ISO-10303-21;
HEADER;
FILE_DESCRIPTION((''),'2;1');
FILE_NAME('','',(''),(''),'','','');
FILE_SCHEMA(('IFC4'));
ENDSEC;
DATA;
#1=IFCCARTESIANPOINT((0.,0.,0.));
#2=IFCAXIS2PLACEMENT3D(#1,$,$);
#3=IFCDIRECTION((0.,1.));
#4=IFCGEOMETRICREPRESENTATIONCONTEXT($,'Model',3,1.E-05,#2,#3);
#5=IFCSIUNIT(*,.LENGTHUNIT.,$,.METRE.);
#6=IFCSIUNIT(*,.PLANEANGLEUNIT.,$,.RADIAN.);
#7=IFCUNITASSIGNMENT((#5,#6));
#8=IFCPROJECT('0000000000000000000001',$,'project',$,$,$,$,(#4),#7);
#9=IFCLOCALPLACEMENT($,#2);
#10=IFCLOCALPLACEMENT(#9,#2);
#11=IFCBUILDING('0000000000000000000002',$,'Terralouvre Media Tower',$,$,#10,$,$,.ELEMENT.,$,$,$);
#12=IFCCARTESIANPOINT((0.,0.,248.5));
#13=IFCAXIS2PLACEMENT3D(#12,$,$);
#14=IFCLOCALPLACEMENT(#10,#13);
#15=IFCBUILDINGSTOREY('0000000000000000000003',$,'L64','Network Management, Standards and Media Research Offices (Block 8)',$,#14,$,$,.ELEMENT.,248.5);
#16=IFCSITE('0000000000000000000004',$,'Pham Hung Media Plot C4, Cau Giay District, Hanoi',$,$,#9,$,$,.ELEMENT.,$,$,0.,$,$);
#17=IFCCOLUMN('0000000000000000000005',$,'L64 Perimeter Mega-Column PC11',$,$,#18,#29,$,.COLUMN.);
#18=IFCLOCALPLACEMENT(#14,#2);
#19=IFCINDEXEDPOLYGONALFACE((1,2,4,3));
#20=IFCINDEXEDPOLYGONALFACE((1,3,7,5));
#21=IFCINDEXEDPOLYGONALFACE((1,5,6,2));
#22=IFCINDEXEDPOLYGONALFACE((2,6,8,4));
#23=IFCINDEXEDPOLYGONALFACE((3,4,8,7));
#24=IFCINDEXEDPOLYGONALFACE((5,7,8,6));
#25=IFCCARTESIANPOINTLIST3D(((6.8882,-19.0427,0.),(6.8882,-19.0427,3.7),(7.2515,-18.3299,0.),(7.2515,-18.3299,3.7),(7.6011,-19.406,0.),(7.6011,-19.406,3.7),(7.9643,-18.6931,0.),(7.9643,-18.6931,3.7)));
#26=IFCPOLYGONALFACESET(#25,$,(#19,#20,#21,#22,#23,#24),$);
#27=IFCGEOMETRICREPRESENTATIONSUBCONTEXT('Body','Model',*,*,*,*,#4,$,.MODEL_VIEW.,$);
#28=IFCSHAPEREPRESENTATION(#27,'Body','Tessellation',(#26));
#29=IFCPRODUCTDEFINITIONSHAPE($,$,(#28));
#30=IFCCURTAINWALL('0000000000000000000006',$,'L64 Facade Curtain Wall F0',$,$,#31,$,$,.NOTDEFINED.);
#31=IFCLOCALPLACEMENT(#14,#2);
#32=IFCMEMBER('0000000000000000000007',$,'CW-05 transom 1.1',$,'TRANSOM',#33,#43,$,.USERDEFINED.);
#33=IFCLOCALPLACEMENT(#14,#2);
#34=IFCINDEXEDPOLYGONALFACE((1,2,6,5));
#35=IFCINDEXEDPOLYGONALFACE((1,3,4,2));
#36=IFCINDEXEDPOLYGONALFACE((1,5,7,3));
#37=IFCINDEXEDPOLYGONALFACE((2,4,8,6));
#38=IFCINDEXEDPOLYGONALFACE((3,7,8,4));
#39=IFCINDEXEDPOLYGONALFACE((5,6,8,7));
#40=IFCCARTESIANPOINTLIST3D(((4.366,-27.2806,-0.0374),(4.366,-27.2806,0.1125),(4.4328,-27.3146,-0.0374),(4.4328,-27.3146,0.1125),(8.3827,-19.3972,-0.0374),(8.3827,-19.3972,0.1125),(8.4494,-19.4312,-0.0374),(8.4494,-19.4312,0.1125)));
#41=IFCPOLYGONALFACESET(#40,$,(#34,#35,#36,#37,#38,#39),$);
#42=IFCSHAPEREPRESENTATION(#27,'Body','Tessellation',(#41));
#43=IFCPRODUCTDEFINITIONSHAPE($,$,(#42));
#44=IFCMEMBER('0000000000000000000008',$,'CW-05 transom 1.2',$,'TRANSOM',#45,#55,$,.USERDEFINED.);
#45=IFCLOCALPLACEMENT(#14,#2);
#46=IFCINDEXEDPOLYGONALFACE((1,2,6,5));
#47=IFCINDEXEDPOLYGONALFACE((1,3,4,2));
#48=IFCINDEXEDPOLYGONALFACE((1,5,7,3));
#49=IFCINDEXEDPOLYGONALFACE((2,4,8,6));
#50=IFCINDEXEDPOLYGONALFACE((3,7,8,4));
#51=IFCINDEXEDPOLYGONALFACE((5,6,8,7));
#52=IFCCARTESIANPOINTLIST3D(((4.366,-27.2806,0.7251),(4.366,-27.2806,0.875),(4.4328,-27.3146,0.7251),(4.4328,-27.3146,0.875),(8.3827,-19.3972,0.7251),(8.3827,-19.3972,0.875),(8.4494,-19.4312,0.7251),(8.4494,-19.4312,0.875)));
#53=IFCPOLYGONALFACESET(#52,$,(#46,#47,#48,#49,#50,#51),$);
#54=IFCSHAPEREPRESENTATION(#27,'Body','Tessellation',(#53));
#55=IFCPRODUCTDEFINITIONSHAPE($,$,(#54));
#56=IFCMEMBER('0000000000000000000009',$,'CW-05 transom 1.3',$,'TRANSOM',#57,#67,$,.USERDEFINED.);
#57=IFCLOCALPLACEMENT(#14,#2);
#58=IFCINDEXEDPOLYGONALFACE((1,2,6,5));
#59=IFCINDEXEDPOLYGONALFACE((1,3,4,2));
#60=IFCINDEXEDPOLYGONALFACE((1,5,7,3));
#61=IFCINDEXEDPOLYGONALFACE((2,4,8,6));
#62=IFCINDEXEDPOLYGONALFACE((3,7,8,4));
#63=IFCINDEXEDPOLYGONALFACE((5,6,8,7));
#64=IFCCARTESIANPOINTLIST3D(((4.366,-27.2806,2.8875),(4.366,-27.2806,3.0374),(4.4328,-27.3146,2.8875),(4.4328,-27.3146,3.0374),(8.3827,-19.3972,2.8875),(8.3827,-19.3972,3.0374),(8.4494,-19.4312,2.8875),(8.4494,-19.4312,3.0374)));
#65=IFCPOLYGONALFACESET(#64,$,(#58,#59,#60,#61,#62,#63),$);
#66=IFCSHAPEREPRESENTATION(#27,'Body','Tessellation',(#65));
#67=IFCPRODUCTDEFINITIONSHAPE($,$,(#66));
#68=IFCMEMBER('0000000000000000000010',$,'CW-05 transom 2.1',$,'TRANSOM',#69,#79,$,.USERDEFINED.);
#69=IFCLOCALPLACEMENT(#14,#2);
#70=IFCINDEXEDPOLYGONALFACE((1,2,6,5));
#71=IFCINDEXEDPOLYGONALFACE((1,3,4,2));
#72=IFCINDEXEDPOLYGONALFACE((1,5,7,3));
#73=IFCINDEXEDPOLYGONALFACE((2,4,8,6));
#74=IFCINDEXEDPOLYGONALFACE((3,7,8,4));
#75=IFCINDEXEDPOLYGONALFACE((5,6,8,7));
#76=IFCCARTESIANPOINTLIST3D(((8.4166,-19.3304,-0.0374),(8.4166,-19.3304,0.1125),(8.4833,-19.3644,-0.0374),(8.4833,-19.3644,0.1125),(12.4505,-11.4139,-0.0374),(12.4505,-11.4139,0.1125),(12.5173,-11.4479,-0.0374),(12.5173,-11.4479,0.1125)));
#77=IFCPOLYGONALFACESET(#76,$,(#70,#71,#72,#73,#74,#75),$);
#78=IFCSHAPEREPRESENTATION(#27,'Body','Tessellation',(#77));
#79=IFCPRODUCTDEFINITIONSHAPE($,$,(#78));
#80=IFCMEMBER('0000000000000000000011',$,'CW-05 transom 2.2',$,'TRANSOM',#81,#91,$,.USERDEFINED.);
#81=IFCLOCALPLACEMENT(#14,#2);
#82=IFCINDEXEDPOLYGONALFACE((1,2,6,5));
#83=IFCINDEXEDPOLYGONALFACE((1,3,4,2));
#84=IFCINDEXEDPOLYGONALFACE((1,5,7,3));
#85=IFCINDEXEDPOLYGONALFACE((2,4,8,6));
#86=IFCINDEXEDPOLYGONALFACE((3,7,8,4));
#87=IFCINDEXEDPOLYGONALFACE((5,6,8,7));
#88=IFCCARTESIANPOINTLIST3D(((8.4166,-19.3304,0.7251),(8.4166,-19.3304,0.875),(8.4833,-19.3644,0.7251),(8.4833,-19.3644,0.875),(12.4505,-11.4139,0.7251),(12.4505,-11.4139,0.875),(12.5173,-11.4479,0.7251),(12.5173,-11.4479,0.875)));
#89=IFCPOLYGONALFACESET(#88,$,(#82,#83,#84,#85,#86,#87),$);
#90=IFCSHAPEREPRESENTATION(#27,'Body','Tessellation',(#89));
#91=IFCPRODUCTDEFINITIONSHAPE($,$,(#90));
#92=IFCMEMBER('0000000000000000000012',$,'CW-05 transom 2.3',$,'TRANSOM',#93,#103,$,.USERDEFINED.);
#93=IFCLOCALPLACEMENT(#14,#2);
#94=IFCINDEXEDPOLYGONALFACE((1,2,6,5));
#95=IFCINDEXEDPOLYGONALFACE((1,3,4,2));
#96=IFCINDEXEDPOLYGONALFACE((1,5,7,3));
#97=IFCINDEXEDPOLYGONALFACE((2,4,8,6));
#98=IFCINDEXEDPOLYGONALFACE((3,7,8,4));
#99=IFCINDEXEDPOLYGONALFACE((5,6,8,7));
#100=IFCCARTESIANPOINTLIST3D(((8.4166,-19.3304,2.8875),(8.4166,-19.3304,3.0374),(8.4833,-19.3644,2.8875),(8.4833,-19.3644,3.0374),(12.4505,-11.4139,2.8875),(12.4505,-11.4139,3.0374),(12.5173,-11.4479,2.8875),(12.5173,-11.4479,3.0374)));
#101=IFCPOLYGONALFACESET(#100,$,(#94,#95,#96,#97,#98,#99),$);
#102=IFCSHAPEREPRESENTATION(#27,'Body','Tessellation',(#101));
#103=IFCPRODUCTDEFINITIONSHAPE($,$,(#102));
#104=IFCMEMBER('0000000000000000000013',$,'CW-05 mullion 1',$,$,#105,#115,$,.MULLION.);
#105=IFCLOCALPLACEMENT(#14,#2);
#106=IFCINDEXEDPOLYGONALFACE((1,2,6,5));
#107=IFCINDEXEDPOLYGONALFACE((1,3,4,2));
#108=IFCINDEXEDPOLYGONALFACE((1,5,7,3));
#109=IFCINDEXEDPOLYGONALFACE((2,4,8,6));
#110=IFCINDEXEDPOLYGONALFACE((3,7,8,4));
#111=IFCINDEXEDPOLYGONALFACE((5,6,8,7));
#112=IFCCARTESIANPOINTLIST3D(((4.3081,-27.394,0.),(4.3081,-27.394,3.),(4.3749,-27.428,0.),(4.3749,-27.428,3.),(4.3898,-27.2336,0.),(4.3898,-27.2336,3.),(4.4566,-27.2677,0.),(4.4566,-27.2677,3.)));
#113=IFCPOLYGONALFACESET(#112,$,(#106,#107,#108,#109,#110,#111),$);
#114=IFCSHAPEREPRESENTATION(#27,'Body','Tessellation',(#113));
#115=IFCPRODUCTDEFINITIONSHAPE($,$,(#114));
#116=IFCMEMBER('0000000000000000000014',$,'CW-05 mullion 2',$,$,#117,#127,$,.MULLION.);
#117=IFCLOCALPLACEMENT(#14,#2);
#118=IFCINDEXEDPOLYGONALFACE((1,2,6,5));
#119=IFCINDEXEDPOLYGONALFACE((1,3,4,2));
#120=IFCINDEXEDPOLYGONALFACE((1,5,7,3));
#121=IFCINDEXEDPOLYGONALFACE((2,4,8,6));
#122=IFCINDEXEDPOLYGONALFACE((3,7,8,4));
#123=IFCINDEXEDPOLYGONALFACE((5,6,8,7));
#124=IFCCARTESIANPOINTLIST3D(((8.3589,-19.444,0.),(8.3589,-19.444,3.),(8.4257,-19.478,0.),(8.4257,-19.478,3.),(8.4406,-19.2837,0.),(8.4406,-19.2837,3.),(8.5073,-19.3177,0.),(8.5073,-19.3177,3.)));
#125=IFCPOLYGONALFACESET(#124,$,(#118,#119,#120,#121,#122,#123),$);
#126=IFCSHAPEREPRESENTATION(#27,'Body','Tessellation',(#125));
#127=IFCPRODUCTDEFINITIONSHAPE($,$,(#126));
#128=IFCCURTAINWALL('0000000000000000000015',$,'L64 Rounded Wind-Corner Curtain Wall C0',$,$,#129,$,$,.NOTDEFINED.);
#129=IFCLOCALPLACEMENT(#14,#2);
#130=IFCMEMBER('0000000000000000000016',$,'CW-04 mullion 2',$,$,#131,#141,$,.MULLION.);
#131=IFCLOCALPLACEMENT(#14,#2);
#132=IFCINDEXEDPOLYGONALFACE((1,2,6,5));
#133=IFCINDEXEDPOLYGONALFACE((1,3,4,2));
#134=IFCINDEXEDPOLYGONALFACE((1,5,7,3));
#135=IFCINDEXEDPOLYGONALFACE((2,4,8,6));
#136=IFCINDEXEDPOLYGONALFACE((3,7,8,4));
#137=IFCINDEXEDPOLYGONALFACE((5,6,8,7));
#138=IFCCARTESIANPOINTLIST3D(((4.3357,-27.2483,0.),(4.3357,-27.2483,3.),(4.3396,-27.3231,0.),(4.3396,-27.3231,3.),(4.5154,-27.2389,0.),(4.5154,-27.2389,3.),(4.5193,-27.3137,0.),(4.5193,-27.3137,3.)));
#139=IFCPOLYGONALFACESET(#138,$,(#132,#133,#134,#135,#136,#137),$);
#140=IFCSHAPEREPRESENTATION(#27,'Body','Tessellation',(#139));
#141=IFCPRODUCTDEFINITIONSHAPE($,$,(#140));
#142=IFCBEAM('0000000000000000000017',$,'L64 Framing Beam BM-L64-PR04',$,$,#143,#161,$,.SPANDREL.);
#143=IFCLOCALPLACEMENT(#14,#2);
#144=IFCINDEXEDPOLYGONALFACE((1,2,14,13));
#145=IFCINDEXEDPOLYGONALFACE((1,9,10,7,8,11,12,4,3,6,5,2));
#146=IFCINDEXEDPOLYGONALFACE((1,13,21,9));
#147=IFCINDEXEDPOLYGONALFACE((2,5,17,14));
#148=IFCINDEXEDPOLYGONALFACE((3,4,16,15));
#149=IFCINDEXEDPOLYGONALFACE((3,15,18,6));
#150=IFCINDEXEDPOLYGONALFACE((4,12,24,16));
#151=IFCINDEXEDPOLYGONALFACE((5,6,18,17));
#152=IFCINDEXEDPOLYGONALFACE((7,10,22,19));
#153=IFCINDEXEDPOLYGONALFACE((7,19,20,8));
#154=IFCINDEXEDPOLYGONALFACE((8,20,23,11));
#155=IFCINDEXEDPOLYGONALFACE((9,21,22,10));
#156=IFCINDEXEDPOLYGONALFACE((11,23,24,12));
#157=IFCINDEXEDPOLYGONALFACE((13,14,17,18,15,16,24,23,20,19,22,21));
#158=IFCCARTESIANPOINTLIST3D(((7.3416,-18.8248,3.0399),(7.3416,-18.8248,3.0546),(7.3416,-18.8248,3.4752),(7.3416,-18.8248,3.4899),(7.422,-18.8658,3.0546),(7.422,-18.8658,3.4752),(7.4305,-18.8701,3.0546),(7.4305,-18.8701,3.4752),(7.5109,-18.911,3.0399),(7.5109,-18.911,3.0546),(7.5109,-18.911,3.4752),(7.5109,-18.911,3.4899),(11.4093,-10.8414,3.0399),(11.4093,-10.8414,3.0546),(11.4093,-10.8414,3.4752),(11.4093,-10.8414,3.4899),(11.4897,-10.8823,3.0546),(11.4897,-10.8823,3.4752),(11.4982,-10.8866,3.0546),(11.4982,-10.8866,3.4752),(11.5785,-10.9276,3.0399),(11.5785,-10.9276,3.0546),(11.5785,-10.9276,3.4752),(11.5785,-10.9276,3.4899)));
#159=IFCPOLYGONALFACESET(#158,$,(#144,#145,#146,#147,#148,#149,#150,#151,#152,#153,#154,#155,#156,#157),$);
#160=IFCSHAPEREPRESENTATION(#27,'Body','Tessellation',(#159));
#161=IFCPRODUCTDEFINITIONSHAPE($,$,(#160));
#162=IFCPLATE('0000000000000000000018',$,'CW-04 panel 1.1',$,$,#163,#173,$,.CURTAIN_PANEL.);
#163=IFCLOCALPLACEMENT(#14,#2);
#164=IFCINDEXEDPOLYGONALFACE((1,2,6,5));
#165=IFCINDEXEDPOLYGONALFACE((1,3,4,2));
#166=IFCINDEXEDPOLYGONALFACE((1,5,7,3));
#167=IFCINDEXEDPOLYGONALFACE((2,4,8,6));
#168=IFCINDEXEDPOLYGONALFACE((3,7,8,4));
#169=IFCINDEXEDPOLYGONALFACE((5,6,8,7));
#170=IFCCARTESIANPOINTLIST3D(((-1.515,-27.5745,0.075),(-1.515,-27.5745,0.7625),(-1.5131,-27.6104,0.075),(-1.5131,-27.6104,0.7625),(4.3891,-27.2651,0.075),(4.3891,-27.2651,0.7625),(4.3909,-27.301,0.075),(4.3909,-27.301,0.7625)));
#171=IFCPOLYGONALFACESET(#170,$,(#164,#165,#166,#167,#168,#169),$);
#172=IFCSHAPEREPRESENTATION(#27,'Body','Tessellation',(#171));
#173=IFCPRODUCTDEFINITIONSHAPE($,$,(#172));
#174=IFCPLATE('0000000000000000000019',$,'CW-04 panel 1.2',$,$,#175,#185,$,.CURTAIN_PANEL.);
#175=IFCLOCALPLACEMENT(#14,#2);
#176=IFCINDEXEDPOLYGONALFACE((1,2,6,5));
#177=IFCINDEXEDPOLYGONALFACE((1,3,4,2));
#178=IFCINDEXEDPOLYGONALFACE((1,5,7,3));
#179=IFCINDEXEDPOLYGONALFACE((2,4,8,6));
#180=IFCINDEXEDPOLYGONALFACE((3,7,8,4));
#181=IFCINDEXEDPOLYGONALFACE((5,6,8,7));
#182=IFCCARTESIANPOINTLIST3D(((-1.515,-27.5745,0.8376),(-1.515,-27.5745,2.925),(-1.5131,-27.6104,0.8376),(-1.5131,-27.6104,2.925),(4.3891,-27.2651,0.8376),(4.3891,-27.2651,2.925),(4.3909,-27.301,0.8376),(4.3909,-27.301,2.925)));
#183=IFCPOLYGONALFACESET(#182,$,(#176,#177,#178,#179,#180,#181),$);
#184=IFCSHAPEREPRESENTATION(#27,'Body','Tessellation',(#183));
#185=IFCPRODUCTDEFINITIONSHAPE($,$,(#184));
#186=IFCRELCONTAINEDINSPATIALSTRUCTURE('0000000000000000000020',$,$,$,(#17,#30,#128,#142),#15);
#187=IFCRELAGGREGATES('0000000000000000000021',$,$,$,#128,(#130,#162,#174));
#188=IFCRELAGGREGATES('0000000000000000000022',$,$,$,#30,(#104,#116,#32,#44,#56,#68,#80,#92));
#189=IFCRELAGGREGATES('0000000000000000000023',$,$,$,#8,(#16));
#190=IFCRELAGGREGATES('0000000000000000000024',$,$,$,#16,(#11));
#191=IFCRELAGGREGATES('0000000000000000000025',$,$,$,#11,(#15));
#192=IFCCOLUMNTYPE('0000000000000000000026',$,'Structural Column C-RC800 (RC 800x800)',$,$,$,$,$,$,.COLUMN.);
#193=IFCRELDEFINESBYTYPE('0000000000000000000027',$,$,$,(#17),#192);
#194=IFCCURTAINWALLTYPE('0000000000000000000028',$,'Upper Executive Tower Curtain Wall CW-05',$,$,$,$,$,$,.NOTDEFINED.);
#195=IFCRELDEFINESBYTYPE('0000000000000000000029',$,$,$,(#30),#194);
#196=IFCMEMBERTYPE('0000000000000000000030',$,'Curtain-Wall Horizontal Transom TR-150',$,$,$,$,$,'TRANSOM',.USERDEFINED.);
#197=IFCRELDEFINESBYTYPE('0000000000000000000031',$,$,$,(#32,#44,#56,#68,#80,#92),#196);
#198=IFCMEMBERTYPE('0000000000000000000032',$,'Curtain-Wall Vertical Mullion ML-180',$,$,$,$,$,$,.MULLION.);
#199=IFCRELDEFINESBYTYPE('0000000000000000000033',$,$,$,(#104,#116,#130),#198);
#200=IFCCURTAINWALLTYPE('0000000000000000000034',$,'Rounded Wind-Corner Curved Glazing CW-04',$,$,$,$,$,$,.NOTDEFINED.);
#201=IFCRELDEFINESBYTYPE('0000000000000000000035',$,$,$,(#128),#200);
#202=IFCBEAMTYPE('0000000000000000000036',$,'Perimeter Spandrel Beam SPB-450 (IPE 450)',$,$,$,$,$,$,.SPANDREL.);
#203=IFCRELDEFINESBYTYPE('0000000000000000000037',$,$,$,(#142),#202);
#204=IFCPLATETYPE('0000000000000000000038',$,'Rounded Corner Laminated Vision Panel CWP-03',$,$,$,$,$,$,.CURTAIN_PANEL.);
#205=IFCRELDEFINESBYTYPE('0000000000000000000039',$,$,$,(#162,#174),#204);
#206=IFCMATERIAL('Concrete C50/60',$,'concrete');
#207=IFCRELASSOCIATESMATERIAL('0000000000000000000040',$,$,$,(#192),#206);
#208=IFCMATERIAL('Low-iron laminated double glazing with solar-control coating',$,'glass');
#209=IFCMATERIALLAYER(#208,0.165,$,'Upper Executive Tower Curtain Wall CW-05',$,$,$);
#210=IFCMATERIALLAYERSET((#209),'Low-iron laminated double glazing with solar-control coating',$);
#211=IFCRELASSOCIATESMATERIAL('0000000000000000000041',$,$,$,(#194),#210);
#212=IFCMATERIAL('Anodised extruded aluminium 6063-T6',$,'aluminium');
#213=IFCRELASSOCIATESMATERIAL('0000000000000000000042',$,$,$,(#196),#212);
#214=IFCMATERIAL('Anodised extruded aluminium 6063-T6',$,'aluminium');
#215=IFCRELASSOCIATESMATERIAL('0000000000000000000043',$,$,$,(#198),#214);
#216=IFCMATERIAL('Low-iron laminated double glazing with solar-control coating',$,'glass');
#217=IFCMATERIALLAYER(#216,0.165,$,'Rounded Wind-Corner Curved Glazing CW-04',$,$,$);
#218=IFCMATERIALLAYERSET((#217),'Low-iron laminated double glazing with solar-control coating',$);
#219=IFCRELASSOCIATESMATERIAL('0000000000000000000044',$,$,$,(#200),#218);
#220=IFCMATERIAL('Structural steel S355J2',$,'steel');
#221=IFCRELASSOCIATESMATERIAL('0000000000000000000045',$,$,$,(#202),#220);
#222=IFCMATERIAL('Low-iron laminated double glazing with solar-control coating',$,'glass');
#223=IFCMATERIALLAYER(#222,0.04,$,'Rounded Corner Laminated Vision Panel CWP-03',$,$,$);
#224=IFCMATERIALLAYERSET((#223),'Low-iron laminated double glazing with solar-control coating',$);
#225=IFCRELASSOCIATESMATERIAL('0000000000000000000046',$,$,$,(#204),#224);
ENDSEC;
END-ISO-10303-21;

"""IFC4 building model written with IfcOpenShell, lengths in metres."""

from ifc_helpers import new_model, si_unit, direction, frame, origin, origin_2d, place, context, subcontext, project, spatial, rectangle, i_section, extrude, material, layer, layer_set, material_profile, profile_set, type_object, element, aggregate, save


model = new_model("IFC4")

# Units and contexts
model_context = context("Model", 3, precision=1e-05, world=origin(), true_north=direction((0.0, 1.0)))
body_context = subcontext(model_context, "Body", "Model", "MODEL_VIEW")
ifc_project = project(units=[si_unit("LENGTHUNIT", "METRE"), si_unit("PLANEANGLEUNIT", "RADIAN")], contexts=[model_context])

# Site, building, storey
site_placement = place(None, origin())
site = spatial("IfcSite", under=ifc_project, at=site_placement, Name="Pham Hung Media Plot C4, Cau Giay District, Hanoi", CompositionType="ELEMENT", RefElevation=0.0)
building_placement = place(site_placement, origin())
building = spatial("IfcBuilding", under=site, at=building_placement, Name="Terralouvre Media Tower", CompositionType="ELEMENT")
storey_placement = place(building_placement, frame((0.0, 0.0, 248.5)))
storey = spatial("IfcBuildingStorey", under=building, at=storey_placement, Name="L64", Description="Network Management, Standards and Media Research Offices (Block 8)", CompositionType="ELEMENT", Elevation=248.5)

# Column
ifc_material_1 = material(Name="Concrete C50/60", Category="concrete")
ifc_material_profile_1 = material_profile(ifc_material_1, rectangle(XDim=0.8, YDim=0.8, at=origin_2d()), Name="RC 800x800")
ifc_profile_set_1 = profile_set([ifc_material_profile_1], Name="Concrete C50/60")
column_type = type_object("IfcColumnType", Name="Structural Column C-RC800 (RC 800x800)", PredefinedType="COLUMN", material=ifc_profile_set_1)
column_placement = place(storey_placement, frame((7.4263, -18.8679, 0.0), z_axis=(0.0, 0.0, 1.0), x_axis=(0.45399, 0.891007, 0.0)))
element("IfcColumn", 1, at=column_placement, inside=storey, type_object=column_type, Name="L64 Perimeter Mega-Column PC11", PredefinedType="COLUMN", context=body_context, shape_type="SweptSolid", body=[
    extrude(rectangle(XDim=0.8, YDim=0.8, at=origin_2d()), origin(), (0.0, 0.0, 1.0), 3.7),
])

# Curtain wall, members
ifc_material_2 = material(Name="Low-iron laminated double glazing with solar-control coating", Category="glass")
ifc_layer_1 = layer(ifc_material_2, 0.165, Name="Upper Executive Tower Curtain Wall CW-05")
ifc_layer_set_1 = layer_set([ifc_layer_1], Name="Low-iron laminated double glazing with solar-control coating")
curtain_wall_type_1 = type_object("IfcCurtainWallType", Name="Upper Executive Tower Curtain Wall CW-05", PredefinedType="NOTDEFINED", material=ifc_layer_set_1)
curtain_wall_1_placement = place(storey_placement, origin())
curtain_wall_1 = element("IfcCurtainWall", 2, at=curtain_wall_1_placement, inside=storey, type_object=curtain_wall_type_1, Name="L64 Facade Curtain Wall F0", PredefinedType="NOTDEFINED")
ifc_material_3 = material(Name="Anodised extruded aluminium 6063-T6", Category="aluminium")
ifc_material_profile_2 = material_profile(ifc_material_3, rectangle(XDim=0.075, YDim=0.1499, at=origin_2d()), Name="ALU 75x150")
ifc_profile_set_2 = profile_set([ifc_material_profile_2], Name="Anodised extruded aluminium 6063-T6")
member_type_1 = type_object("IfcMemberType", Name="Curtain-Wall Horizontal Transom TR-150", ElementType="TRANSOM", PredefinedType="USERDEFINED", material=ifc_profile_set_2)
member_1_placement = place(storey_placement, frame((4.3994, -27.2976, 0.0376), z_axis=(0.453978, 0.891013, 0.0), x_axis=(-0.891013, 0.453978, 0.0)))
member_1 = element("IfcMember", 3, at=member_1_placement, type_object=member_type_1, Name="CW-05 transom 1.1", ObjectType="TRANSOM", PredefinedType="USERDEFINED", context=body_context, shape_type="SweptSolid", body=[
    extrude(rectangle(XDim=0.075, YDim=0.1499, at=origin_2d()), origin(), (0.0, 0.0, 1.0), 8.8477),
])
member_2_placement = place(storey_placement, frame((4.3994, -27.2976, 0.8), z_axis=(0.453978, 0.891013, 0.0), x_axis=(-0.891013, 0.453978, 0.0)))
member_2 = element("IfcMember", 4, at=member_2_placement, type_object=member_type_1, Name="CW-05 transom 1.2", ObjectType="TRANSOM", PredefinedType="USERDEFINED", context=body_context, shape_type="SweptSolid", body=[
    extrude(rectangle(XDim=0.075, YDim=0.1499, at=origin_2d()), origin(), (0.0, 0.0, 1.0), 8.8477),
])
member_3_placement = place(storey_placement, frame((4.3994, -27.2976, 2.9624), z_axis=(0.453978, 0.891013, 0.0), x_axis=(-0.891013, 0.453978, 0.0)))
member_3 = element("IfcMember", 5, at=member_3_placement, type_object=member_type_1, Name="CW-05 transom 1.3", ObjectType="TRANSOM", PredefinedType="USERDEFINED", context=body_context, shape_type="SweptSolid", body=[
    extrude(rectangle(XDim=0.075, YDim=0.1499, at=origin_2d()), origin(), (0.0, 0.0, 1.0), 8.8477),
])
member_4_placement = place(storey_placement, frame((8.45, -19.3474, 0.0376), z_axis=(0.454015, 0.890994, 0.0), x_axis=(-0.890994, 0.454015, 0.0)))
member_4 = element("IfcMember", 6, at=member_4_placement, type_object=member_type_1, Name="CW-05 transom 2.1", ObjectType="TRANSOM", PredefinedType="USERDEFINED", context=body_context, shape_type="SweptSolid", body=[
    extrude(rectangle(XDim=0.075, YDim=0.1499, at=origin_2d()), origin(), (0.0, 0.0, 1.0), 8.885),
])
member_5_placement = place(storey_placement, frame((8.45, -19.3474, 0.8), z_axis=(0.454015, 0.890994, 0.0), x_axis=(-0.890994, 0.454015, 0.0)))
member_5 = element("IfcMember", 7, at=member_5_placement, type_object=member_type_1, Name="CW-05 transom 2.2", ObjectType="TRANSOM", PredefinedType="USERDEFINED", context=body_context, shape_type="SweptSolid", body=[
    extrude(rectangle(XDim=0.075, YDim=0.1499, at=origin_2d()), origin(), (0.0, 0.0, 1.0), 8.885),
])
member_6_placement = place(storey_placement, frame((8.45, -19.3474, 2.9624), z_axis=(0.454015, 0.890994, 0.0), x_axis=(-0.890994, 0.454015, 0.0)))
member_6 = element("IfcMember", 8, at=member_6_placement, type_object=member_type_1, Name="CW-05 transom 2.3", ObjectType="TRANSOM", PredefinedType="USERDEFINED", context=body_context, shape_type="SweptSolid", body=[
    extrude(rectangle(XDim=0.075, YDim=0.1499, at=origin_2d()), origin(), (0.0, 0.0, 1.0), 8.885),
])
ifc_material_4 = material(Name="Anodised extruded aluminium 6063-T6", Category="aluminium")
ifc_material_profile_3 = material_profile(ifc_material_4, rectangle(XDim=0.075, YDim=0.1799, at=origin_2d()), Name="ALU 75x180")
ifc_profile_set_3 = profile_set([ifc_material_profile_3], Name="Anodised extruded aluminium 6063-T6")
member_type_2 = type_object("IfcMemberType", Name="Curtain-Wall Vertical Mullion ML-180", PredefinedType="MULLION", material=ifc_profile_set_3)
member_7_placement = place(storey_placement, frame((4.3823, -27.3308, 0.0), z_axis=(0.0, 0.0, 1.0), x_axis=(-0.891007, 0.45399, 0.0)))
member_7 = element("IfcMember", 9, at=member_7_placement, type_object=member_type_2, Name="CW-05 mullion 1", PredefinedType="MULLION", context=body_context, shape_type="SweptSolid", body=[
    extrude(rectangle(XDim=0.075, YDim=0.1799, at=origin_2d()), origin(), (0.0, 0.0, 1.0), 3.0),
])
member_8_placement = place(storey_placement, frame((8.4331, -19.3809, 0.0), z_axis=(0.0, 0.0, 1.0), x_axis=(-0.891007, 0.45399, 0.0)))
member_8 = element("IfcMember", 10, at=member_8_placement, type_object=member_type_2, Name="CW-05 mullion 2", PredefinedType="MULLION", context=body_context, shape_type="SweptSolid", body=[
    extrude(rectangle(XDim=0.075, YDim=0.1799, at=origin_2d()), origin(), (0.0, 0.0, 1.0), 3.0),
])

# Curtain wall, member
ifc_material_5 = material(Name="Low-iron laminated double glazing with solar-control coating", Category="glass")
ifc_layer_2 = layer(ifc_material_5, 0.165, Name="Rounded Wind-Corner Curved Glazing CW-04")
ifc_layer_set_2 = layer_set([ifc_layer_2], Name="Low-iron laminated double glazing with solar-control coating")
curtain_wall_type_2 = type_object("IfcCurtainWallType", Name="Rounded Wind-Corner Curved Glazing CW-04", PredefinedType="NOTDEFINED", material=ifc_layer_set_2)
curtain_wall_2_placement = place(storey_placement, origin())
curtain_wall_2 = element("IfcCurtainWall", 11, at=curtain_wall_2_placement, inside=storey, type_object=curtain_wall_type_2, Name="L64 Rounded Wind-Corner Curtain Wall C0", PredefinedType="NOTDEFINED")
member_9_placement = place(storey_placement, frame((4.4275, -27.281, 0.0), z_axis=(0.0, 0.0, 1.0), x_axis=(-0.052336, 0.99863, 0.0)))
member_9 = element("IfcMember", 12, at=member_9_placement, type_object=member_type_2, Name="CW-04 mullion 2", PredefinedType="MULLION", context=body_context, shape_type="SweptSolid", body=[
    extrude(rectangle(XDim=0.075, YDim=0.1799, at=origin_2d()), origin(), (0.0, 0.0, 1.0), 3.0),
])

# Beam
ifc_material_6 = material(Name="Structural steel S355J2", Category="steel")
ifc_material_profile_4 = material_profile(ifc_material_6, i_section(OverallWidth=0.1899, OverallDepth=0.45, WebThickness=0.0095, FlangeThickness=0.0146, at=origin_2d()), Name="IPE 450")
ifc_profile_set_4 = profile_set([ifc_material_profile_4], Name="Structural steel S355J2")
beam_type = type_object("IfcBeamType", Name="Perimeter Spandrel Beam SPB-450 (IPE 450)", PredefinedType="SPANDREL", material=ifc_profile_set_4)
beam_placement = place(storey_placement, frame((7.4263, -18.8679, 3.2649), z_axis=(0.45398, 0.891012, 0.0), x_axis=(-0.891012, 0.45398, 0.0)))
element("IfcBeam", 13, at=beam_placement, inside=storey, type_object=beam_type, Name="L64 Framing Beam BM-L64-PR04", PredefinedType="SPANDREL", context=body_context, shape_type="SweptSolid", body=[
    extrude(i_section(OverallWidth=0.1899, OverallDepth=0.45, WebThickness=0.0095, FlangeThickness=0.0146, at=origin_2d()), origin(), (0.0, 0.0, 1.0), 8.96),
])

# Plates
ifc_material_7 = material(Name="Low-iron laminated double glazing with solar-control coating", Category="glass")
ifc_layer_3 = layer(ifc_material_7, 0.04, Name="Rounded Corner Laminated Vision Panel CWP-03")
ifc_layer_set_3 = layer_set([ifc_layer_3], Name="Low-iron laminated double glazing with solar-control coating")
plate_type_1 = type_object("IfcPlateType", Name="Rounded Corner Laminated Vision Panel CWP-03", PredefinedType="CURTAIN_PANEL", material=ifc_layer_set_3)
plate_1_placement = place(storey_placement, frame((1.438, -27.4377, 0.075), z_axis=(0.0, 0.0, 1.0), x_axis=(0.99863, 0.052336, 0.0)))
plate_1 = element("IfcPlate", 14, at=plate_1_placement, type_object=plate_type_1, Name="CW-04 panel 1.1", PredefinedType="CURTAIN_PANEL", context=body_context, shape_type="SweptSolid", body=[
    extrude(rectangle(XDim=5.9121, YDim=0.0359, at=origin_2d()), origin(), (0.0, 0.0, 1.0), 0.6875),
])
plate_2_placement = place(storey_placement, frame((1.438, -27.4377, 0.8376), z_axis=(0.0, 0.0, 1.0), x_axis=(0.99863, 0.052336, 0.0)))
plate_2 = element("IfcPlate", 15, at=plate_2_placement, type_object=plate_type_1, Name="CW-04 panel 1.2", PredefinedType="CURTAIN_PANEL", context=body_context, shape_type="SweptSolid", body=[
    extrude(rectangle(XDim=5.9121, YDim=0.0359, at=origin_2d()), origin(), (0.0, 0.0, 1.0), 2.0874),
])
aggregate(curtain_wall_2, [member_9, plate_1, plate_2])
aggregate(curtain_wall_1, [member_7, member_8, member_1, member_2, member_3, member_4, member_5, member_6])

save(model, "model.ifc")
